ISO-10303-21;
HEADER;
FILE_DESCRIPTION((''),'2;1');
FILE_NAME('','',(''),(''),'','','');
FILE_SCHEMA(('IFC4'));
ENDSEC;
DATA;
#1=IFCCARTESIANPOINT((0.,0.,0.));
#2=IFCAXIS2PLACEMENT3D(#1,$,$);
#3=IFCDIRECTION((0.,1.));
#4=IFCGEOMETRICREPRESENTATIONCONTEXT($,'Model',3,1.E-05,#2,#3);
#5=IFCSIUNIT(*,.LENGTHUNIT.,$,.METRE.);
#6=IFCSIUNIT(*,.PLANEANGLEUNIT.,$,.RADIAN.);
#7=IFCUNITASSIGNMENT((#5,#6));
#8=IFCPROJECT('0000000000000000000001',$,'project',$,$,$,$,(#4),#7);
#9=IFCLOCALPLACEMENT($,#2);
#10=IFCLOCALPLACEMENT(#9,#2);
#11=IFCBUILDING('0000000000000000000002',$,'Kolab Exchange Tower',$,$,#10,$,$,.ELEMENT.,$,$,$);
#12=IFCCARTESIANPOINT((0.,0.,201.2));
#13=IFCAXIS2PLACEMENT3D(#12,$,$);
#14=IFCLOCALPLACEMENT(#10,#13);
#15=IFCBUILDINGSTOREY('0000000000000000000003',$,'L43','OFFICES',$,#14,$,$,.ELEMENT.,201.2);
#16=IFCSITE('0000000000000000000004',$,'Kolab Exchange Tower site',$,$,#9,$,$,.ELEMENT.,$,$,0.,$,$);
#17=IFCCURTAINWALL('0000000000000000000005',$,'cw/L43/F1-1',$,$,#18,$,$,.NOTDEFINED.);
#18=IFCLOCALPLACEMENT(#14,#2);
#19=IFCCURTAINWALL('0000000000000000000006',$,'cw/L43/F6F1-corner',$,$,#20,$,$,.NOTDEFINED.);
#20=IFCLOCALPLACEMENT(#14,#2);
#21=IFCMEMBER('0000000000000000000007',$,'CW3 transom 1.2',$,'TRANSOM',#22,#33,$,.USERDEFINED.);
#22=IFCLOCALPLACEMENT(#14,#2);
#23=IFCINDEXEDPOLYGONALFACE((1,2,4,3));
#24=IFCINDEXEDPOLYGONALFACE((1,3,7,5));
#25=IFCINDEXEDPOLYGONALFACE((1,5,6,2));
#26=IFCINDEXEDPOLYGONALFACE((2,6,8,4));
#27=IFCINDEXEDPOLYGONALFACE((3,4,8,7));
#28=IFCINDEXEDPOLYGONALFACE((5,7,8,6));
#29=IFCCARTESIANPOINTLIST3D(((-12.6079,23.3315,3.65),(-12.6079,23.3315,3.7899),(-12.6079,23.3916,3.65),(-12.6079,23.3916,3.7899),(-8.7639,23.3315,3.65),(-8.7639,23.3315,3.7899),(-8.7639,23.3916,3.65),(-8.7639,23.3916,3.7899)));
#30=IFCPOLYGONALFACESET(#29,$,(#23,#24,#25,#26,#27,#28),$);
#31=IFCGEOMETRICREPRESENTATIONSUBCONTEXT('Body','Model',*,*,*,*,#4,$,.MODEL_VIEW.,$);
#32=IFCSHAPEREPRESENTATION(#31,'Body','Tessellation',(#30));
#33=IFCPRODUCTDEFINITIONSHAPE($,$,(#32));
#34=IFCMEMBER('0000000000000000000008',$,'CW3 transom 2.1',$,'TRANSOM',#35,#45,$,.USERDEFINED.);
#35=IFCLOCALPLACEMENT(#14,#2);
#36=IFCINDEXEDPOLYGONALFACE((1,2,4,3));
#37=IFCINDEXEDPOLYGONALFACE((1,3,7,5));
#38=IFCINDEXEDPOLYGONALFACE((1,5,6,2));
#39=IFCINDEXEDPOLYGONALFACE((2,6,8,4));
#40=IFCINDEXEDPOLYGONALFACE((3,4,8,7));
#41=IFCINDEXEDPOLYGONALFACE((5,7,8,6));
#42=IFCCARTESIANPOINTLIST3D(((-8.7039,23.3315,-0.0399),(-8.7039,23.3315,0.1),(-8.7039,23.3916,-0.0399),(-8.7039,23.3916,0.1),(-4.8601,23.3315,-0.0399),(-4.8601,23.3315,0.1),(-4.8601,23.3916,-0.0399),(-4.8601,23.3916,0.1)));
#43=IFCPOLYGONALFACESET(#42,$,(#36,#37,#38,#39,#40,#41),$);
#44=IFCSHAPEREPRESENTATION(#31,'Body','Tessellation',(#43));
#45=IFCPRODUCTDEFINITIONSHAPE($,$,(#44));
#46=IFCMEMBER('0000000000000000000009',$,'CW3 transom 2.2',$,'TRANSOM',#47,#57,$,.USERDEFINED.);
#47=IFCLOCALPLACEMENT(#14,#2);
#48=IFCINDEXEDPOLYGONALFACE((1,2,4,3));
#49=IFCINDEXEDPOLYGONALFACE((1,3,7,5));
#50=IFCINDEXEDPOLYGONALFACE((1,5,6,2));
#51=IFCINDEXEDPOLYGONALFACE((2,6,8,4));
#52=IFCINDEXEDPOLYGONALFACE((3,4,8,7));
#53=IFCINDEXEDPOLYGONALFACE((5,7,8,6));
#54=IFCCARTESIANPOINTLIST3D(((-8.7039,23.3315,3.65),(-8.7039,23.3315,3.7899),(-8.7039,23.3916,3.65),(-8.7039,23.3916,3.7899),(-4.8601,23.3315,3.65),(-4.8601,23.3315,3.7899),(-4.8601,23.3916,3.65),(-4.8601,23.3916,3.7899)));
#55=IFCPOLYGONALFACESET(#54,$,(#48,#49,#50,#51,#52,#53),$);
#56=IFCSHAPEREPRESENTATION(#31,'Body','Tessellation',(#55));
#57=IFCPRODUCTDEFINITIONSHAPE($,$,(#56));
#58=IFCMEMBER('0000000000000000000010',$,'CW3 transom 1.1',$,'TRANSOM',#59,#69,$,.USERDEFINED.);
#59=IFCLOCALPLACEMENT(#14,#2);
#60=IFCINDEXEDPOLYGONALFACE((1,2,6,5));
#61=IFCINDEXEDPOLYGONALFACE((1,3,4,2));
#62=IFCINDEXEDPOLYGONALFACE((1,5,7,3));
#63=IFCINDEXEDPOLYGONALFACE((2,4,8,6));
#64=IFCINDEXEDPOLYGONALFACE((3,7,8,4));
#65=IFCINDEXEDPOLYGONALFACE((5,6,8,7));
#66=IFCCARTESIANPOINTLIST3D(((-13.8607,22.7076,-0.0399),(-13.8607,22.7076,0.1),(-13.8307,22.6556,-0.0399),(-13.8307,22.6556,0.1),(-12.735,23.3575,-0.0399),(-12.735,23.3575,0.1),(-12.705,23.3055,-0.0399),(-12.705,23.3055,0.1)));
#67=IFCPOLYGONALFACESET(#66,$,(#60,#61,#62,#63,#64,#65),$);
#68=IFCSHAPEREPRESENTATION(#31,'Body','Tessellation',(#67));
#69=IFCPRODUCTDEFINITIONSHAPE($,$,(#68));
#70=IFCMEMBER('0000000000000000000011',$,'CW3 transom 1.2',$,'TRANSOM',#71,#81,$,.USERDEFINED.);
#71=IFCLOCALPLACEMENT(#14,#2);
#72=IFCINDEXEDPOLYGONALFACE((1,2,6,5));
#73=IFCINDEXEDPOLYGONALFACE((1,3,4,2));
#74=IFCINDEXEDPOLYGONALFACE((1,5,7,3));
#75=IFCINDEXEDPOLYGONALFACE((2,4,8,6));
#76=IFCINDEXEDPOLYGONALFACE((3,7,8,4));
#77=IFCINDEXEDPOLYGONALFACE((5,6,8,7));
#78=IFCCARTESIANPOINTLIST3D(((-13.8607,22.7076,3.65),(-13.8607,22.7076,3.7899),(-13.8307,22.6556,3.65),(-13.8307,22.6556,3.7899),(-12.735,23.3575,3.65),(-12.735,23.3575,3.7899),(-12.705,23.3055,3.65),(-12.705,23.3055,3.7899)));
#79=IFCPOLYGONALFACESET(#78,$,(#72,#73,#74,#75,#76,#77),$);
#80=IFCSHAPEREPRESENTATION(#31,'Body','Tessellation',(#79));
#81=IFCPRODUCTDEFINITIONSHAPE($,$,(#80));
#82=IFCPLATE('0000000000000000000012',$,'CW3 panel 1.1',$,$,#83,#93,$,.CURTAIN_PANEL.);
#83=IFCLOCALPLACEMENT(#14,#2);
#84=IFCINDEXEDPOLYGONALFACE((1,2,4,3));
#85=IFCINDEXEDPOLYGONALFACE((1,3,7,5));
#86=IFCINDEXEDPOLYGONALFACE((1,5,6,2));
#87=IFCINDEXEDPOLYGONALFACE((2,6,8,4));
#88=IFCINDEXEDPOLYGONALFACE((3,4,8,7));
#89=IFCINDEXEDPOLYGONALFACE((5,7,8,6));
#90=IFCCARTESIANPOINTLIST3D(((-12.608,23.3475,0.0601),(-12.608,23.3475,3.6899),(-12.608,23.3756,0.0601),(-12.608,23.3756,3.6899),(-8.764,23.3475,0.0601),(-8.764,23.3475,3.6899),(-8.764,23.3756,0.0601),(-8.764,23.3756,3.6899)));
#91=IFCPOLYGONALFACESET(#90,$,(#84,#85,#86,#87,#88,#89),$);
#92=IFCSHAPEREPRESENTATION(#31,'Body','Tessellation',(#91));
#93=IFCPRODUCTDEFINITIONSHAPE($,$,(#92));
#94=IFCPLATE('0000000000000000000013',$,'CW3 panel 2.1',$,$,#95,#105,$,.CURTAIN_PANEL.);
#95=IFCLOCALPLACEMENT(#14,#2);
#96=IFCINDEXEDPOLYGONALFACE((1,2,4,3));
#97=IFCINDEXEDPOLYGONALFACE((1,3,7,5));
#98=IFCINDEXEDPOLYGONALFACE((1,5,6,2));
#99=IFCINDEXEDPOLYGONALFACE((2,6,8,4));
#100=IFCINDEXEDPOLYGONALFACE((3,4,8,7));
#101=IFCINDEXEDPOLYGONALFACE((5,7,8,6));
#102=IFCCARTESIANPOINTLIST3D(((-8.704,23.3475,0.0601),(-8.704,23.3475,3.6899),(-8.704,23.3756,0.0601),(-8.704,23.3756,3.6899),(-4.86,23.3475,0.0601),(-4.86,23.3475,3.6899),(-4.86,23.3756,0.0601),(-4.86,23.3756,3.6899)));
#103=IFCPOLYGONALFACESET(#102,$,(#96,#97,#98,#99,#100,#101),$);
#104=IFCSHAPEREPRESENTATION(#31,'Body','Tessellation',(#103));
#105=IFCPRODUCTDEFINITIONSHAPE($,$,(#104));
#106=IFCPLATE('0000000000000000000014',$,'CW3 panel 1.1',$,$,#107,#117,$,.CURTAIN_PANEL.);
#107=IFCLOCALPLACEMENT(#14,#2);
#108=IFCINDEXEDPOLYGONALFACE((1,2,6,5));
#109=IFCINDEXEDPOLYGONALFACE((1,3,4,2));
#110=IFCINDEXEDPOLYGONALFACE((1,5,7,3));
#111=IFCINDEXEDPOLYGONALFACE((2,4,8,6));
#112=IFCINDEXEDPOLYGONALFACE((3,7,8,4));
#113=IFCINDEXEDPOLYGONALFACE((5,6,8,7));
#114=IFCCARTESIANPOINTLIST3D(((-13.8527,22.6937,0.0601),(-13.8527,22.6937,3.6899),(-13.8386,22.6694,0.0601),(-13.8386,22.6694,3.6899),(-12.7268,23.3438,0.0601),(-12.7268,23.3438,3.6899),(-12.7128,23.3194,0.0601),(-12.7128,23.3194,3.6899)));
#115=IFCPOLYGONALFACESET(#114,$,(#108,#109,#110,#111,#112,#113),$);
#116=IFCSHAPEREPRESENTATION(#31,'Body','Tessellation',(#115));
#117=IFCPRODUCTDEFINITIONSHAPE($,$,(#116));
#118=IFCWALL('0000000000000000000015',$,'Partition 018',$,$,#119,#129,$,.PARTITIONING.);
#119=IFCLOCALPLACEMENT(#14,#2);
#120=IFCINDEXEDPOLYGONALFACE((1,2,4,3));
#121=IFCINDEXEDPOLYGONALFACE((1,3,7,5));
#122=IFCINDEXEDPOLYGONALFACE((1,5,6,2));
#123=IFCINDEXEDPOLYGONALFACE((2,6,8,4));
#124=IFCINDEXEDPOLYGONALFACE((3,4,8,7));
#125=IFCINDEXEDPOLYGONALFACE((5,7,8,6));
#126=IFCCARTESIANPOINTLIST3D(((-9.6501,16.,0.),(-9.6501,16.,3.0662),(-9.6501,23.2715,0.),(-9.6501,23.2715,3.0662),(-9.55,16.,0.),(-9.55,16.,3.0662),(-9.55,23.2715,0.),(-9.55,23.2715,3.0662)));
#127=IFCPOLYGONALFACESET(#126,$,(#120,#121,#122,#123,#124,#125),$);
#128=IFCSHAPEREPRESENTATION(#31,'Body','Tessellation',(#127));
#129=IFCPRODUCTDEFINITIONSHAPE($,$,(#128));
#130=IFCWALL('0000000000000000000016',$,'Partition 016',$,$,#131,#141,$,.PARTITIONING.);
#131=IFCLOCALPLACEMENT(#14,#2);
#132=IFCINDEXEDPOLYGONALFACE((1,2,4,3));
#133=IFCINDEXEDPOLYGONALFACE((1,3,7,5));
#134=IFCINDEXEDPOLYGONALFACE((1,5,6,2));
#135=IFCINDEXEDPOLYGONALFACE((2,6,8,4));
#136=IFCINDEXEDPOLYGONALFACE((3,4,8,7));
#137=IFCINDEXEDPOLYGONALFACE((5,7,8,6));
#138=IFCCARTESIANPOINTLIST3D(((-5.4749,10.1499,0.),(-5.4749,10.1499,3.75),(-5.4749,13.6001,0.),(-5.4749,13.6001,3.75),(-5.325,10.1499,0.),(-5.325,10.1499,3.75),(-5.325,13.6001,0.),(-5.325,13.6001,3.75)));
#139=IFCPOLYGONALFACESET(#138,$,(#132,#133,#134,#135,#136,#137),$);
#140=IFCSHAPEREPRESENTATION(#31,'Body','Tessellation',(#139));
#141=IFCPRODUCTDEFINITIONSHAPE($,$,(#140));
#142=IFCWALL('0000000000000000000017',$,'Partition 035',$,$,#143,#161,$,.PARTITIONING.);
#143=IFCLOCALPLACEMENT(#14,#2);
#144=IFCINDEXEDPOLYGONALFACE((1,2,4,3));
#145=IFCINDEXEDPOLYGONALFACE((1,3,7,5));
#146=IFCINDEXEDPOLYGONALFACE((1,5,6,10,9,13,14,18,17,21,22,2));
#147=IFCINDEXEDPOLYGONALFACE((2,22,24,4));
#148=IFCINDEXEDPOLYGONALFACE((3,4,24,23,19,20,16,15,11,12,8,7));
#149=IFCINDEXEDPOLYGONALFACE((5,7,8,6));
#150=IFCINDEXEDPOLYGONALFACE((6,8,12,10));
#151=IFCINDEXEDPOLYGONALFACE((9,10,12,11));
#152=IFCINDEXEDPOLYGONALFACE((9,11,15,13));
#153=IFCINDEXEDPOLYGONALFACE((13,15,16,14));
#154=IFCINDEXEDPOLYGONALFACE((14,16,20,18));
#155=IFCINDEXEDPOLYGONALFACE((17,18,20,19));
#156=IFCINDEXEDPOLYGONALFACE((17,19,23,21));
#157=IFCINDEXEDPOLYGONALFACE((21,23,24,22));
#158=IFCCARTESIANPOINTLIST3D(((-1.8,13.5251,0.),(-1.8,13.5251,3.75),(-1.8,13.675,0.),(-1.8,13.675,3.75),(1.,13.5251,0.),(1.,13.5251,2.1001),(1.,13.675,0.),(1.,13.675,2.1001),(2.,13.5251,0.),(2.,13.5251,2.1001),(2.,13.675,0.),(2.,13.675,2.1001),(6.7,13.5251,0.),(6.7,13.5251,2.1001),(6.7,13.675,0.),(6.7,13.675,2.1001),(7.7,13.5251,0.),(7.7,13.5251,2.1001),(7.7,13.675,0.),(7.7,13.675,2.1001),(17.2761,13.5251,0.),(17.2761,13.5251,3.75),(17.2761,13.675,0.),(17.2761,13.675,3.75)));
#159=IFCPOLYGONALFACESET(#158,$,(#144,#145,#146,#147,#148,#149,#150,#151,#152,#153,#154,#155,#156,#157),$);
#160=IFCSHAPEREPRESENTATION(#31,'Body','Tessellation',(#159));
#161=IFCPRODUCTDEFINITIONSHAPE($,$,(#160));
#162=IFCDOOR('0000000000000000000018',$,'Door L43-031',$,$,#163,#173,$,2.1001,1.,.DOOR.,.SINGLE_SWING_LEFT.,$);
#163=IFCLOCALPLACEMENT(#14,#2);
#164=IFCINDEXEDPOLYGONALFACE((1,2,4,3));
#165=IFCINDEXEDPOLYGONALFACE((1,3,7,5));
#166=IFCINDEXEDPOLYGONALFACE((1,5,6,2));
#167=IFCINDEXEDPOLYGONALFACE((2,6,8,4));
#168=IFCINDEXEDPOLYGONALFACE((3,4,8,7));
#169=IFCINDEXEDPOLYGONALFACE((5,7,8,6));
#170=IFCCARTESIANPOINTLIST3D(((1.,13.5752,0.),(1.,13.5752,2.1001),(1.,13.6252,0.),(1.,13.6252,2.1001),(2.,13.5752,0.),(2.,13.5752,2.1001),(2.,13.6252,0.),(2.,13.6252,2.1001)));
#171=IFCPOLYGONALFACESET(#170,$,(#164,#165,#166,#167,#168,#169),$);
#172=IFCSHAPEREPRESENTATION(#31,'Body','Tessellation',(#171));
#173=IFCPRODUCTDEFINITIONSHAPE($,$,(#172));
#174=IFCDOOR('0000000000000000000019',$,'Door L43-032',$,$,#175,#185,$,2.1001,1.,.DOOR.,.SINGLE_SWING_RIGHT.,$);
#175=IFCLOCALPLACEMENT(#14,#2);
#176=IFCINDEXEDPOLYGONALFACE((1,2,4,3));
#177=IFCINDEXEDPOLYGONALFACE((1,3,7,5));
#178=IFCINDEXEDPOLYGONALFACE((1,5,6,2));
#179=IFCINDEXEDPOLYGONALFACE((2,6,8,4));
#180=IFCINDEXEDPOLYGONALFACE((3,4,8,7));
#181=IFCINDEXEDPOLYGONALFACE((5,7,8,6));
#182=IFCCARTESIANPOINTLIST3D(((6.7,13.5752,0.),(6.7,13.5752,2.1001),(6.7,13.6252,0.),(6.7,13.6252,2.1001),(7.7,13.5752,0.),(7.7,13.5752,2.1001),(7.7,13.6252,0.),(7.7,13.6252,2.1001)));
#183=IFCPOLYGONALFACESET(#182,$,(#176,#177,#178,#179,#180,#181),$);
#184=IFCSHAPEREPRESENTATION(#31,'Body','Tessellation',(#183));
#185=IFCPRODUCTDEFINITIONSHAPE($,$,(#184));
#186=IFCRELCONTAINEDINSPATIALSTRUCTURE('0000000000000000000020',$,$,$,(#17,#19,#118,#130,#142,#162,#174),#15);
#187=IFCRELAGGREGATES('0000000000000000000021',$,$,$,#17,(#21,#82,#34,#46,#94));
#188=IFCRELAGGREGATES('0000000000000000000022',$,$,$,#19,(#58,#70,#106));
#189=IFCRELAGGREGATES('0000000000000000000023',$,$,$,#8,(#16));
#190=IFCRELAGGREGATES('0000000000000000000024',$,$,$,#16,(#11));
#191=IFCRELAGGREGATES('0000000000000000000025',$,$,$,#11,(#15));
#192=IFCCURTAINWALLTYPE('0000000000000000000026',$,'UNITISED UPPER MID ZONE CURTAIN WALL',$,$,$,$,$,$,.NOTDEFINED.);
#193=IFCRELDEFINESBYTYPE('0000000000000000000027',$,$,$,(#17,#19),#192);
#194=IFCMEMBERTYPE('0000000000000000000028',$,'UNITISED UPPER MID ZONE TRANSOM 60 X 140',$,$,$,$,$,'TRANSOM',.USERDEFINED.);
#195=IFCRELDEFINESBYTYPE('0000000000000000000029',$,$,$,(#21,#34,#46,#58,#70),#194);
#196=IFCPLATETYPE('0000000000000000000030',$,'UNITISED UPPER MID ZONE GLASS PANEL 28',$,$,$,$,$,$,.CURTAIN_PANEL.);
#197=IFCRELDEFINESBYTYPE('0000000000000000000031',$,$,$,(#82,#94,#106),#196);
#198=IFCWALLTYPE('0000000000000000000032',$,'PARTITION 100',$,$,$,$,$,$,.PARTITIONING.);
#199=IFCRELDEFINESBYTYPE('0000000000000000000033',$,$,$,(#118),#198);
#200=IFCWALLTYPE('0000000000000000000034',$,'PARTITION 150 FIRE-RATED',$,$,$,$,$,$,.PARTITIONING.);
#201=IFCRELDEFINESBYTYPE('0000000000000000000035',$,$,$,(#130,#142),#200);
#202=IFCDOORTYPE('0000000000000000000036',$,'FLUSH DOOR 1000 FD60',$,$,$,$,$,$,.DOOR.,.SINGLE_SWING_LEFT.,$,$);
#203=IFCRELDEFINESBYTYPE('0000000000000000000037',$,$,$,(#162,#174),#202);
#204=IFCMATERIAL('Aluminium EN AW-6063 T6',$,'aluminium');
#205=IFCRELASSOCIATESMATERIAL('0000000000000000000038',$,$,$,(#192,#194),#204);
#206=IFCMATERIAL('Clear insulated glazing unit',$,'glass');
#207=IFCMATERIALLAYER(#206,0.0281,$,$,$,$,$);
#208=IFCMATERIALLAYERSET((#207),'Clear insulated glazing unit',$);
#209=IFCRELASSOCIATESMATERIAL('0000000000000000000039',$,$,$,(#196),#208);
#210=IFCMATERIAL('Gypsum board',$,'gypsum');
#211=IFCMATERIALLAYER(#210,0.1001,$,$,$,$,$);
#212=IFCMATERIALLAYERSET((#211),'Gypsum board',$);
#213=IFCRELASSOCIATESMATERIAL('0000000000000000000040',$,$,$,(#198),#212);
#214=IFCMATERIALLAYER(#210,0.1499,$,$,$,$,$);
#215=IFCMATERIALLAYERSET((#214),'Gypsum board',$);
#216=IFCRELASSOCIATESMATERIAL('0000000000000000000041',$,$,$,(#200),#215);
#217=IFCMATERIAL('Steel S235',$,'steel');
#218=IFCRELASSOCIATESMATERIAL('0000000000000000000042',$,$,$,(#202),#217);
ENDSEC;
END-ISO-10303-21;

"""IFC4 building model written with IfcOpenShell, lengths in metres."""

from ifc_helpers import new_model, si_unit, direction, frame, frame_2d, origin, origin_2d, place, context, subcontext, project, spatial, rectangle, extrude, material, layer, layer_set, material_profile, profile_set, type_object, element, fill, aggregate, save


model = new_model("IFC4")

# Units and contexts
model_context = context("Model", 3, precision=1e-05, world=origin(), true_north=direction((0.0, 1.0)))
body_context = subcontext(model_context, "Body", "Model", "MODEL_VIEW")
ifc_project = project(units=[si_unit("LENGTHUNIT", "METRE"), si_unit("PLANEANGLEUNIT", "RADIAN")], contexts=[model_context])

# Site, building, storey
site_placement = place(None, origin())
site = spatial("IfcSite", under=ifc_project, at=site_placement, Name="Kolab Exchange Tower site", CompositionType="ELEMENT", RefElevation=0.0)
building_placement = place(site_placement, origin())
building = spatial("IfcBuilding", under=site, at=building_placement, Name="Kolab Exchange Tower", CompositionType="ELEMENT")
storey_placement = place(building_placement, frame((0.0, 0.0, 201.2)))
storey = spatial("IfcBuildingStorey", under=building, at=storey_placement, Name="L43", Description="OFFICES", CompositionType="ELEMENT", Elevation=201.2)

# Curtain wall
ifc_material_1 = material(Name="Aluminium EN AW-6063 T6", Category="aluminium")
curtain_wall_type = type_object("IfcCurtainWallType", Name="UNITISED UPPER MID ZONE CURTAIN WALL", PredefinedType="NOTDEFINED", material=ifc_material_1)
curtain_wall_1_placement = place(storey_placement, origin())
curtain_wall_1 = element("IfcCurtainWall", 1, at=curtain_wall_1_placement, inside=storey, type_object=curtain_wall_type, Name="cw/L43/F1-1", PredefinedType="NOTDEFINED")

# Curtain wall
curtain_wall_2_placement = place(storey_placement, origin())
curtain_wall_2 = element("IfcCurtainWall", 2, at=curtain_wall_2_placement, inside=storey, type_object=curtain_wall_type, Name="cw/L43/F6F1-corner", PredefinedType="NOTDEFINED")

# Members
ifc_material_profile_1 = material_profile(ifc_material_1, rectangle(XDim=0.0601, YDim=0.1399, at=origin_2d()), Name="RECT 60X140")
ifc_profile_set_1 = profile_set([ifc_material_profile_1], Name="Aluminium EN AW-6063 T6")
member_type_1 = type_object("IfcMemberType", Name="UNITISED UPPER MID ZONE TRANSOM 60 X 140", ElementType="TRANSOM", PredefinedType="USERDEFINED", material=ifc_profile_set_1)
member_1_placement = place(storey_placement, frame((-12.6079, 23.3616, 3.72), z_axis=(1.0, 0.0, 0.0), x_axis=(0.0, 1.0, 0.0)))
member_1 = element("IfcMember", 3, at=member_1_placement, type_object=member_type_1, Name="CW3 transom 1.2", ObjectType="TRANSOM", PredefinedType="USERDEFINED", context=body_context, shape_type="SweptSolid", body=[
    extrude(rectangle(XDim=0.0601, YDim=0.1399, at=origin_2d()), origin(), (0.0, 0.0, 1.0), 3.844),
])
member_2_placement = place(storey_placement, frame((-8.7039, 23.3616, 0.03), z_axis=(1.0, 0.0, 0.0), x_axis=(0.0, 1.0, 0.0)))
member_2 = element("IfcMember", 4, at=member_2_placement, type_object=member_type_1, Name="CW3 transom 2.1", ObjectType="TRANSOM", PredefinedType="USERDEFINED", context=body_context, shape_type="SweptSolid", body=[
    extrude(rectangle(XDim=0.0601, YDim=0.1399, at=origin_2d()), origin(), (0.0, 0.0, 1.0), 3.8438),
])
member_3_placement = place(storey_placement, frame((-8.7039, 23.3616, 3.72), z_axis=(1.0, 0.0, 0.0), x_axis=(0.0, 1.0, 0.0)))
member_3 = element("IfcMember", 5, at=member_3_placement, type_object=member_type_1, Name="CW3 transom 2.2", ObjectType="TRANSOM", PredefinedType="USERDEFINED", context=body_context, shape_type="SweptSolid", body=[
    extrude(rectangle(XDim=0.0601, YDim=0.1399, at=origin_2d()), origin(), (0.0, 0.0, 1.0), 3.8438),
])
member_4_placement = place(storey_placement, frame((-13.8457, 22.6816, 0.03), z_axis=(0.866039, 0.499977, 0.0), x_axis=(-0.499977, 0.866039, 0.0)))
member_4 = element("IfcMember", 6, at=member_4_placement, type_object=member_type_1, Name="CW3 transom 1.1", ObjectType="TRANSOM", PredefinedType="USERDEFINED", context=body_context, shape_type="SweptSolid", body=[
    extrude(rectangle(XDim=0.0601, YDim=0.1399, at=origin_2d()), origin(), (0.0, 0.0, 1.0), 1.2998),
])
member_5_placement = place(storey_placement, frame((-13.8457, 22.6816, 3.72), z_axis=(0.866039, 0.499977, 0.0), x_axis=(-0.499977, 0.866039, 0.0)))
member_5 = element("IfcMember", 7, at=member_5_placement, type_object=member_type_1, Name="CW3 transom 1.2", ObjectType="TRANSOM", PredefinedType="USERDEFINED", context=body_context, shape_type="SweptSolid", body=[
    extrude(rectangle(XDim=0.0601, YDim=0.1399, at=origin_2d()), origin(), (0.0, 0.0, 1.0), 1.2998),
])

# Plates
ifc_material_2 = material(Name="Clear insulated glazing unit", Category="glass")
ifc_layer_1 = layer(ifc_material_2, 0.0281)
ifc_layer_set_1 = layer_set([ifc_layer_1], Name="Clear insulated glazing unit")
plate_type = type_object("IfcPlateType", Name="UNITISED UPPER MID ZONE GLASS PANEL 28", PredefinedType="CURTAIN_PANEL", material=ifc_layer_set_1)
plate_1_placement = place(storey_placement, frame((-10.686, 23.3616, 0.0601), z_axis=(0.0, 0.0, 1.0), x_axis=(1.0, 0.0, 0.0)))
plate_1 = element("IfcPlate", 8, at=plate_1_placement, type_object=plate_type, Name="CW3 panel 1.1", PredefinedType="CURTAIN_PANEL", context=body_context, shape_type="SweptSolid", body=[
    extrude(rectangle(XDim=3.844, YDim=0.0281, at=origin_2d()), origin(), (0.0, 0.0, 1.0), 3.6299),
])
plate_2_placement = place(storey_placement, frame((-6.782, 23.3616, 0.0601), z_axis=(0.0, 0.0, 1.0), x_axis=(1.0, 0.0, 0.0)))
plate_2 = element("IfcPlate", 9, at=plate_2_placement, type_object=plate_type, Name="CW3 panel 2.1", PredefinedType="CURTAIN_PANEL", context=body_context, shape_type="SweptSolid", body=[
    extrude(rectangle(XDim=3.844, YDim=0.0281, at=origin_2d()), origin(), (0.0, 0.0, 1.0), 3.6299),
])
aggregate(curtain_wall_1, [member_1, plate_1, member_2, member_3, plate_2])
plate_3_placement = place(storey_placement, frame((-13.2827, 23.0066, 0.0601), z_axis=(0.0, 0.0, 1.0), x_axis=(0.866025, 0.5, 0.0)))
plate_3 = element("IfcPlate", 10, at=plate_3_placement, type_object=plate_type, Name="CW3 panel 1.1", PredefinedType="CURTAIN_PANEL", context=body_context, shape_type="SweptSolid", body=[
    extrude(rectangle(XDim=1.3, YDim=0.0281, at=origin_2d()), origin(), (0.0, 0.0, 1.0), 3.6299),
])
aggregate(curtain_wall_2, [member_4, member_5, plate_3])

# Walls
ifc_material_3 = material(Name="Gypsum board", Category="gypsum")
ifc_layer_2 = layer(ifc_material_3, 0.1001)
ifc_layer_set_2 = layer_set([ifc_layer_2], Name="Gypsum board")
wall_type_1 = type_object("IfcWallType", Name="PARTITION 100", PredefinedType="PARTITIONING", material=ifc_layer_set_2)
wall_1_placement = place(storey_placement, frame((-9.6001, 16.0, 0.0), z_axis=(0.0, 0.0, 1.0), x_axis=(0.0, 1.0, 0.0)))
element("IfcWall", 11, at=wall_1_placement, inside=storey, type_object=wall_type_1, Name="Partition 018", PredefinedType="PARTITIONING", context=body_context, shape_type="SweptSolid", body=[
    extrude(rectangle(XDim=7.2715, YDim=0.1001, at=frame_2d((3.6357, 0.0))), origin(), (0.0, 0.0, 1.0), 3.0662),
])
ifc_layer_3 = layer(ifc_material_3, 0.1499)
ifc_layer_set_3 = layer_set([ifc_layer_3], Name="Gypsum board")
wall_type_2 = type_object("IfcWallType", Name="PARTITION 150 FIRE-RATED", PredefinedType="PARTITIONING", material=ifc_layer_set_3)
wall_2_placement = place(storey_placement, frame((-5.3999, 10.1499, 0.0), z_axis=(0.0, 0.0, 1.0), x_axis=(0.0, 1.0, 0.0)))
element("IfcWall", 12, at=wall_2_placement, inside=storey, type_object=wall_type_2, Name="Partition 016", PredefinedType="PARTITIONING", context=body_context, shape_type="SweptSolid", body=[
    extrude(rectangle(XDim=3.4502, YDim=0.1499, at=frame_2d((1.7251, 0.0))), origin(), (0.0, 0.0, 1.0), 3.75),
])

# Wall, openings, doors
wall_3_placement = place(storey_placement, frame((-1.8, 13.6001, 0.0), z_axis=(0.0, 0.0, 1.0), x_axis=(1.0, 0.0, 0.0)))
wall_3 = element("IfcWall", 13, at=wall_3_placement, inside=storey, type_object=wall_type_2, Name="Partition 035", PredefinedType="PARTITIONING", context=body_context, shape_type="SweptSolid", body=[
    extrude(rectangle(XDim=19.0762, YDim=0.1499, at=frame_2d((9.5381, 0.0))), origin(), (0.0, 0.0, 1.0), 3.75),
])
opening_1_placement = place(wall_3_placement, frame((2.8, 0.0, 0.0)))
opening_1 = element("IfcOpeningElement", 14, at=opening_1_placement, cuts=wall_3, PredefinedType="OPENING", context=body_context, shape_type="SweptSolid", body=[
    extrude(rectangle(XDim=1.0, YDim=2.1001, at=frame_2d((0.5, 1.05))), frame((0.0, 0.085, 0.0), z_axis=(0.0, -1.0, 0.0), x_axis=(1.0, 0.0, 0.0)), (0.0, 0.0, 1.0), 0.1699),
])
opening_2_placement = place(wall_3_placement, frame((8.5, 0.0, 0.0)))
opening_2 = element("IfcOpeningElement", 15, at=opening_2_placement, cuts=wall_3, PredefinedType="OPENING", context=body_context, shape_type="SweptSolid", body=[
    extrude(rectangle(XDim=1.0, YDim=2.1001, at=frame_2d((0.5, 1.05))), frame((0.0, 0.085, 0.0), z_axis=(0.0, -1.0, 0.0), x_axis=(1.0, 0.0, 0.0)), (0.0, 0.0, 1.0), 0.1699),
])
ifc_material_4 = material(Name="Steel S235", Category="steel")
door_type_1 = type_object("IfcDoorType", Name="FLUSH DOOR 1000 FD60", OperationType="SINGLE_SWING_LEFT", PredefinedType="DOOR", material=ifc_material_4)
door_1_placement = place(opening_1_placement, frame((1.0, 0.0, 0.0), z_axis=(0.0, 0.0, 1.0), x_axis=(-1.0, 0.0, 0.0)))
door_1 = element("IfcDoor", 16, at=door_1_placement, inside=storey, type_object=door_type_1, Name="Door L43-031", OperationType="SINGLE_SWING_LEFT", OverallHeight=2.1001, OverallWidth=1.0, PredefinedType="DOOR", context=body_context, shape_type="SweptSolid", body=[
    extrude(rectangle(XDim=1.0, YDim=2.1001, at=frame_2d((0.5, 1.05))), frame((0.0, 0.0249, 0.0), z_axis=(0.0, -1.0, 0.0), x_axis=(1.0, 0.0, 0.0)), (0.0, 0.0, 1.0), 0.05),
])
fill(opening_1, door_1)
door_2_placement = place(opening_2_placement, frame((1.0, 0.0, 0.0), z_axis=(0.0, 0.0, 1.0), x_axis=(-1.0, 0.0, 0.0)))
door_2 = element("IfcDoor", 17, at=door_2_placement, inside=storey, type_object=door_type_1, Name="Door L43-032", OperationType="SINGLE_SWING_RIGHT", OverallHeight=2.1001, OverallWidth=1.0, PredefinedType="DOOR", context=body_context, shape_type="SweptSolid", body=[
    extrude(rectangle(XDim=1.0, YDim=2.1001, at=frame_2d((0.5, 1.05))), frame((0.0, 0.0249, 0.0), z_axis=(0.0, -1.0, 0.0), x_axis=(1.0, 0.0, 0.0)), (0.0, 0.0, 1.0), 0.05),
])
fill(opening_2, door_2)

save(model, "model.ifc")
